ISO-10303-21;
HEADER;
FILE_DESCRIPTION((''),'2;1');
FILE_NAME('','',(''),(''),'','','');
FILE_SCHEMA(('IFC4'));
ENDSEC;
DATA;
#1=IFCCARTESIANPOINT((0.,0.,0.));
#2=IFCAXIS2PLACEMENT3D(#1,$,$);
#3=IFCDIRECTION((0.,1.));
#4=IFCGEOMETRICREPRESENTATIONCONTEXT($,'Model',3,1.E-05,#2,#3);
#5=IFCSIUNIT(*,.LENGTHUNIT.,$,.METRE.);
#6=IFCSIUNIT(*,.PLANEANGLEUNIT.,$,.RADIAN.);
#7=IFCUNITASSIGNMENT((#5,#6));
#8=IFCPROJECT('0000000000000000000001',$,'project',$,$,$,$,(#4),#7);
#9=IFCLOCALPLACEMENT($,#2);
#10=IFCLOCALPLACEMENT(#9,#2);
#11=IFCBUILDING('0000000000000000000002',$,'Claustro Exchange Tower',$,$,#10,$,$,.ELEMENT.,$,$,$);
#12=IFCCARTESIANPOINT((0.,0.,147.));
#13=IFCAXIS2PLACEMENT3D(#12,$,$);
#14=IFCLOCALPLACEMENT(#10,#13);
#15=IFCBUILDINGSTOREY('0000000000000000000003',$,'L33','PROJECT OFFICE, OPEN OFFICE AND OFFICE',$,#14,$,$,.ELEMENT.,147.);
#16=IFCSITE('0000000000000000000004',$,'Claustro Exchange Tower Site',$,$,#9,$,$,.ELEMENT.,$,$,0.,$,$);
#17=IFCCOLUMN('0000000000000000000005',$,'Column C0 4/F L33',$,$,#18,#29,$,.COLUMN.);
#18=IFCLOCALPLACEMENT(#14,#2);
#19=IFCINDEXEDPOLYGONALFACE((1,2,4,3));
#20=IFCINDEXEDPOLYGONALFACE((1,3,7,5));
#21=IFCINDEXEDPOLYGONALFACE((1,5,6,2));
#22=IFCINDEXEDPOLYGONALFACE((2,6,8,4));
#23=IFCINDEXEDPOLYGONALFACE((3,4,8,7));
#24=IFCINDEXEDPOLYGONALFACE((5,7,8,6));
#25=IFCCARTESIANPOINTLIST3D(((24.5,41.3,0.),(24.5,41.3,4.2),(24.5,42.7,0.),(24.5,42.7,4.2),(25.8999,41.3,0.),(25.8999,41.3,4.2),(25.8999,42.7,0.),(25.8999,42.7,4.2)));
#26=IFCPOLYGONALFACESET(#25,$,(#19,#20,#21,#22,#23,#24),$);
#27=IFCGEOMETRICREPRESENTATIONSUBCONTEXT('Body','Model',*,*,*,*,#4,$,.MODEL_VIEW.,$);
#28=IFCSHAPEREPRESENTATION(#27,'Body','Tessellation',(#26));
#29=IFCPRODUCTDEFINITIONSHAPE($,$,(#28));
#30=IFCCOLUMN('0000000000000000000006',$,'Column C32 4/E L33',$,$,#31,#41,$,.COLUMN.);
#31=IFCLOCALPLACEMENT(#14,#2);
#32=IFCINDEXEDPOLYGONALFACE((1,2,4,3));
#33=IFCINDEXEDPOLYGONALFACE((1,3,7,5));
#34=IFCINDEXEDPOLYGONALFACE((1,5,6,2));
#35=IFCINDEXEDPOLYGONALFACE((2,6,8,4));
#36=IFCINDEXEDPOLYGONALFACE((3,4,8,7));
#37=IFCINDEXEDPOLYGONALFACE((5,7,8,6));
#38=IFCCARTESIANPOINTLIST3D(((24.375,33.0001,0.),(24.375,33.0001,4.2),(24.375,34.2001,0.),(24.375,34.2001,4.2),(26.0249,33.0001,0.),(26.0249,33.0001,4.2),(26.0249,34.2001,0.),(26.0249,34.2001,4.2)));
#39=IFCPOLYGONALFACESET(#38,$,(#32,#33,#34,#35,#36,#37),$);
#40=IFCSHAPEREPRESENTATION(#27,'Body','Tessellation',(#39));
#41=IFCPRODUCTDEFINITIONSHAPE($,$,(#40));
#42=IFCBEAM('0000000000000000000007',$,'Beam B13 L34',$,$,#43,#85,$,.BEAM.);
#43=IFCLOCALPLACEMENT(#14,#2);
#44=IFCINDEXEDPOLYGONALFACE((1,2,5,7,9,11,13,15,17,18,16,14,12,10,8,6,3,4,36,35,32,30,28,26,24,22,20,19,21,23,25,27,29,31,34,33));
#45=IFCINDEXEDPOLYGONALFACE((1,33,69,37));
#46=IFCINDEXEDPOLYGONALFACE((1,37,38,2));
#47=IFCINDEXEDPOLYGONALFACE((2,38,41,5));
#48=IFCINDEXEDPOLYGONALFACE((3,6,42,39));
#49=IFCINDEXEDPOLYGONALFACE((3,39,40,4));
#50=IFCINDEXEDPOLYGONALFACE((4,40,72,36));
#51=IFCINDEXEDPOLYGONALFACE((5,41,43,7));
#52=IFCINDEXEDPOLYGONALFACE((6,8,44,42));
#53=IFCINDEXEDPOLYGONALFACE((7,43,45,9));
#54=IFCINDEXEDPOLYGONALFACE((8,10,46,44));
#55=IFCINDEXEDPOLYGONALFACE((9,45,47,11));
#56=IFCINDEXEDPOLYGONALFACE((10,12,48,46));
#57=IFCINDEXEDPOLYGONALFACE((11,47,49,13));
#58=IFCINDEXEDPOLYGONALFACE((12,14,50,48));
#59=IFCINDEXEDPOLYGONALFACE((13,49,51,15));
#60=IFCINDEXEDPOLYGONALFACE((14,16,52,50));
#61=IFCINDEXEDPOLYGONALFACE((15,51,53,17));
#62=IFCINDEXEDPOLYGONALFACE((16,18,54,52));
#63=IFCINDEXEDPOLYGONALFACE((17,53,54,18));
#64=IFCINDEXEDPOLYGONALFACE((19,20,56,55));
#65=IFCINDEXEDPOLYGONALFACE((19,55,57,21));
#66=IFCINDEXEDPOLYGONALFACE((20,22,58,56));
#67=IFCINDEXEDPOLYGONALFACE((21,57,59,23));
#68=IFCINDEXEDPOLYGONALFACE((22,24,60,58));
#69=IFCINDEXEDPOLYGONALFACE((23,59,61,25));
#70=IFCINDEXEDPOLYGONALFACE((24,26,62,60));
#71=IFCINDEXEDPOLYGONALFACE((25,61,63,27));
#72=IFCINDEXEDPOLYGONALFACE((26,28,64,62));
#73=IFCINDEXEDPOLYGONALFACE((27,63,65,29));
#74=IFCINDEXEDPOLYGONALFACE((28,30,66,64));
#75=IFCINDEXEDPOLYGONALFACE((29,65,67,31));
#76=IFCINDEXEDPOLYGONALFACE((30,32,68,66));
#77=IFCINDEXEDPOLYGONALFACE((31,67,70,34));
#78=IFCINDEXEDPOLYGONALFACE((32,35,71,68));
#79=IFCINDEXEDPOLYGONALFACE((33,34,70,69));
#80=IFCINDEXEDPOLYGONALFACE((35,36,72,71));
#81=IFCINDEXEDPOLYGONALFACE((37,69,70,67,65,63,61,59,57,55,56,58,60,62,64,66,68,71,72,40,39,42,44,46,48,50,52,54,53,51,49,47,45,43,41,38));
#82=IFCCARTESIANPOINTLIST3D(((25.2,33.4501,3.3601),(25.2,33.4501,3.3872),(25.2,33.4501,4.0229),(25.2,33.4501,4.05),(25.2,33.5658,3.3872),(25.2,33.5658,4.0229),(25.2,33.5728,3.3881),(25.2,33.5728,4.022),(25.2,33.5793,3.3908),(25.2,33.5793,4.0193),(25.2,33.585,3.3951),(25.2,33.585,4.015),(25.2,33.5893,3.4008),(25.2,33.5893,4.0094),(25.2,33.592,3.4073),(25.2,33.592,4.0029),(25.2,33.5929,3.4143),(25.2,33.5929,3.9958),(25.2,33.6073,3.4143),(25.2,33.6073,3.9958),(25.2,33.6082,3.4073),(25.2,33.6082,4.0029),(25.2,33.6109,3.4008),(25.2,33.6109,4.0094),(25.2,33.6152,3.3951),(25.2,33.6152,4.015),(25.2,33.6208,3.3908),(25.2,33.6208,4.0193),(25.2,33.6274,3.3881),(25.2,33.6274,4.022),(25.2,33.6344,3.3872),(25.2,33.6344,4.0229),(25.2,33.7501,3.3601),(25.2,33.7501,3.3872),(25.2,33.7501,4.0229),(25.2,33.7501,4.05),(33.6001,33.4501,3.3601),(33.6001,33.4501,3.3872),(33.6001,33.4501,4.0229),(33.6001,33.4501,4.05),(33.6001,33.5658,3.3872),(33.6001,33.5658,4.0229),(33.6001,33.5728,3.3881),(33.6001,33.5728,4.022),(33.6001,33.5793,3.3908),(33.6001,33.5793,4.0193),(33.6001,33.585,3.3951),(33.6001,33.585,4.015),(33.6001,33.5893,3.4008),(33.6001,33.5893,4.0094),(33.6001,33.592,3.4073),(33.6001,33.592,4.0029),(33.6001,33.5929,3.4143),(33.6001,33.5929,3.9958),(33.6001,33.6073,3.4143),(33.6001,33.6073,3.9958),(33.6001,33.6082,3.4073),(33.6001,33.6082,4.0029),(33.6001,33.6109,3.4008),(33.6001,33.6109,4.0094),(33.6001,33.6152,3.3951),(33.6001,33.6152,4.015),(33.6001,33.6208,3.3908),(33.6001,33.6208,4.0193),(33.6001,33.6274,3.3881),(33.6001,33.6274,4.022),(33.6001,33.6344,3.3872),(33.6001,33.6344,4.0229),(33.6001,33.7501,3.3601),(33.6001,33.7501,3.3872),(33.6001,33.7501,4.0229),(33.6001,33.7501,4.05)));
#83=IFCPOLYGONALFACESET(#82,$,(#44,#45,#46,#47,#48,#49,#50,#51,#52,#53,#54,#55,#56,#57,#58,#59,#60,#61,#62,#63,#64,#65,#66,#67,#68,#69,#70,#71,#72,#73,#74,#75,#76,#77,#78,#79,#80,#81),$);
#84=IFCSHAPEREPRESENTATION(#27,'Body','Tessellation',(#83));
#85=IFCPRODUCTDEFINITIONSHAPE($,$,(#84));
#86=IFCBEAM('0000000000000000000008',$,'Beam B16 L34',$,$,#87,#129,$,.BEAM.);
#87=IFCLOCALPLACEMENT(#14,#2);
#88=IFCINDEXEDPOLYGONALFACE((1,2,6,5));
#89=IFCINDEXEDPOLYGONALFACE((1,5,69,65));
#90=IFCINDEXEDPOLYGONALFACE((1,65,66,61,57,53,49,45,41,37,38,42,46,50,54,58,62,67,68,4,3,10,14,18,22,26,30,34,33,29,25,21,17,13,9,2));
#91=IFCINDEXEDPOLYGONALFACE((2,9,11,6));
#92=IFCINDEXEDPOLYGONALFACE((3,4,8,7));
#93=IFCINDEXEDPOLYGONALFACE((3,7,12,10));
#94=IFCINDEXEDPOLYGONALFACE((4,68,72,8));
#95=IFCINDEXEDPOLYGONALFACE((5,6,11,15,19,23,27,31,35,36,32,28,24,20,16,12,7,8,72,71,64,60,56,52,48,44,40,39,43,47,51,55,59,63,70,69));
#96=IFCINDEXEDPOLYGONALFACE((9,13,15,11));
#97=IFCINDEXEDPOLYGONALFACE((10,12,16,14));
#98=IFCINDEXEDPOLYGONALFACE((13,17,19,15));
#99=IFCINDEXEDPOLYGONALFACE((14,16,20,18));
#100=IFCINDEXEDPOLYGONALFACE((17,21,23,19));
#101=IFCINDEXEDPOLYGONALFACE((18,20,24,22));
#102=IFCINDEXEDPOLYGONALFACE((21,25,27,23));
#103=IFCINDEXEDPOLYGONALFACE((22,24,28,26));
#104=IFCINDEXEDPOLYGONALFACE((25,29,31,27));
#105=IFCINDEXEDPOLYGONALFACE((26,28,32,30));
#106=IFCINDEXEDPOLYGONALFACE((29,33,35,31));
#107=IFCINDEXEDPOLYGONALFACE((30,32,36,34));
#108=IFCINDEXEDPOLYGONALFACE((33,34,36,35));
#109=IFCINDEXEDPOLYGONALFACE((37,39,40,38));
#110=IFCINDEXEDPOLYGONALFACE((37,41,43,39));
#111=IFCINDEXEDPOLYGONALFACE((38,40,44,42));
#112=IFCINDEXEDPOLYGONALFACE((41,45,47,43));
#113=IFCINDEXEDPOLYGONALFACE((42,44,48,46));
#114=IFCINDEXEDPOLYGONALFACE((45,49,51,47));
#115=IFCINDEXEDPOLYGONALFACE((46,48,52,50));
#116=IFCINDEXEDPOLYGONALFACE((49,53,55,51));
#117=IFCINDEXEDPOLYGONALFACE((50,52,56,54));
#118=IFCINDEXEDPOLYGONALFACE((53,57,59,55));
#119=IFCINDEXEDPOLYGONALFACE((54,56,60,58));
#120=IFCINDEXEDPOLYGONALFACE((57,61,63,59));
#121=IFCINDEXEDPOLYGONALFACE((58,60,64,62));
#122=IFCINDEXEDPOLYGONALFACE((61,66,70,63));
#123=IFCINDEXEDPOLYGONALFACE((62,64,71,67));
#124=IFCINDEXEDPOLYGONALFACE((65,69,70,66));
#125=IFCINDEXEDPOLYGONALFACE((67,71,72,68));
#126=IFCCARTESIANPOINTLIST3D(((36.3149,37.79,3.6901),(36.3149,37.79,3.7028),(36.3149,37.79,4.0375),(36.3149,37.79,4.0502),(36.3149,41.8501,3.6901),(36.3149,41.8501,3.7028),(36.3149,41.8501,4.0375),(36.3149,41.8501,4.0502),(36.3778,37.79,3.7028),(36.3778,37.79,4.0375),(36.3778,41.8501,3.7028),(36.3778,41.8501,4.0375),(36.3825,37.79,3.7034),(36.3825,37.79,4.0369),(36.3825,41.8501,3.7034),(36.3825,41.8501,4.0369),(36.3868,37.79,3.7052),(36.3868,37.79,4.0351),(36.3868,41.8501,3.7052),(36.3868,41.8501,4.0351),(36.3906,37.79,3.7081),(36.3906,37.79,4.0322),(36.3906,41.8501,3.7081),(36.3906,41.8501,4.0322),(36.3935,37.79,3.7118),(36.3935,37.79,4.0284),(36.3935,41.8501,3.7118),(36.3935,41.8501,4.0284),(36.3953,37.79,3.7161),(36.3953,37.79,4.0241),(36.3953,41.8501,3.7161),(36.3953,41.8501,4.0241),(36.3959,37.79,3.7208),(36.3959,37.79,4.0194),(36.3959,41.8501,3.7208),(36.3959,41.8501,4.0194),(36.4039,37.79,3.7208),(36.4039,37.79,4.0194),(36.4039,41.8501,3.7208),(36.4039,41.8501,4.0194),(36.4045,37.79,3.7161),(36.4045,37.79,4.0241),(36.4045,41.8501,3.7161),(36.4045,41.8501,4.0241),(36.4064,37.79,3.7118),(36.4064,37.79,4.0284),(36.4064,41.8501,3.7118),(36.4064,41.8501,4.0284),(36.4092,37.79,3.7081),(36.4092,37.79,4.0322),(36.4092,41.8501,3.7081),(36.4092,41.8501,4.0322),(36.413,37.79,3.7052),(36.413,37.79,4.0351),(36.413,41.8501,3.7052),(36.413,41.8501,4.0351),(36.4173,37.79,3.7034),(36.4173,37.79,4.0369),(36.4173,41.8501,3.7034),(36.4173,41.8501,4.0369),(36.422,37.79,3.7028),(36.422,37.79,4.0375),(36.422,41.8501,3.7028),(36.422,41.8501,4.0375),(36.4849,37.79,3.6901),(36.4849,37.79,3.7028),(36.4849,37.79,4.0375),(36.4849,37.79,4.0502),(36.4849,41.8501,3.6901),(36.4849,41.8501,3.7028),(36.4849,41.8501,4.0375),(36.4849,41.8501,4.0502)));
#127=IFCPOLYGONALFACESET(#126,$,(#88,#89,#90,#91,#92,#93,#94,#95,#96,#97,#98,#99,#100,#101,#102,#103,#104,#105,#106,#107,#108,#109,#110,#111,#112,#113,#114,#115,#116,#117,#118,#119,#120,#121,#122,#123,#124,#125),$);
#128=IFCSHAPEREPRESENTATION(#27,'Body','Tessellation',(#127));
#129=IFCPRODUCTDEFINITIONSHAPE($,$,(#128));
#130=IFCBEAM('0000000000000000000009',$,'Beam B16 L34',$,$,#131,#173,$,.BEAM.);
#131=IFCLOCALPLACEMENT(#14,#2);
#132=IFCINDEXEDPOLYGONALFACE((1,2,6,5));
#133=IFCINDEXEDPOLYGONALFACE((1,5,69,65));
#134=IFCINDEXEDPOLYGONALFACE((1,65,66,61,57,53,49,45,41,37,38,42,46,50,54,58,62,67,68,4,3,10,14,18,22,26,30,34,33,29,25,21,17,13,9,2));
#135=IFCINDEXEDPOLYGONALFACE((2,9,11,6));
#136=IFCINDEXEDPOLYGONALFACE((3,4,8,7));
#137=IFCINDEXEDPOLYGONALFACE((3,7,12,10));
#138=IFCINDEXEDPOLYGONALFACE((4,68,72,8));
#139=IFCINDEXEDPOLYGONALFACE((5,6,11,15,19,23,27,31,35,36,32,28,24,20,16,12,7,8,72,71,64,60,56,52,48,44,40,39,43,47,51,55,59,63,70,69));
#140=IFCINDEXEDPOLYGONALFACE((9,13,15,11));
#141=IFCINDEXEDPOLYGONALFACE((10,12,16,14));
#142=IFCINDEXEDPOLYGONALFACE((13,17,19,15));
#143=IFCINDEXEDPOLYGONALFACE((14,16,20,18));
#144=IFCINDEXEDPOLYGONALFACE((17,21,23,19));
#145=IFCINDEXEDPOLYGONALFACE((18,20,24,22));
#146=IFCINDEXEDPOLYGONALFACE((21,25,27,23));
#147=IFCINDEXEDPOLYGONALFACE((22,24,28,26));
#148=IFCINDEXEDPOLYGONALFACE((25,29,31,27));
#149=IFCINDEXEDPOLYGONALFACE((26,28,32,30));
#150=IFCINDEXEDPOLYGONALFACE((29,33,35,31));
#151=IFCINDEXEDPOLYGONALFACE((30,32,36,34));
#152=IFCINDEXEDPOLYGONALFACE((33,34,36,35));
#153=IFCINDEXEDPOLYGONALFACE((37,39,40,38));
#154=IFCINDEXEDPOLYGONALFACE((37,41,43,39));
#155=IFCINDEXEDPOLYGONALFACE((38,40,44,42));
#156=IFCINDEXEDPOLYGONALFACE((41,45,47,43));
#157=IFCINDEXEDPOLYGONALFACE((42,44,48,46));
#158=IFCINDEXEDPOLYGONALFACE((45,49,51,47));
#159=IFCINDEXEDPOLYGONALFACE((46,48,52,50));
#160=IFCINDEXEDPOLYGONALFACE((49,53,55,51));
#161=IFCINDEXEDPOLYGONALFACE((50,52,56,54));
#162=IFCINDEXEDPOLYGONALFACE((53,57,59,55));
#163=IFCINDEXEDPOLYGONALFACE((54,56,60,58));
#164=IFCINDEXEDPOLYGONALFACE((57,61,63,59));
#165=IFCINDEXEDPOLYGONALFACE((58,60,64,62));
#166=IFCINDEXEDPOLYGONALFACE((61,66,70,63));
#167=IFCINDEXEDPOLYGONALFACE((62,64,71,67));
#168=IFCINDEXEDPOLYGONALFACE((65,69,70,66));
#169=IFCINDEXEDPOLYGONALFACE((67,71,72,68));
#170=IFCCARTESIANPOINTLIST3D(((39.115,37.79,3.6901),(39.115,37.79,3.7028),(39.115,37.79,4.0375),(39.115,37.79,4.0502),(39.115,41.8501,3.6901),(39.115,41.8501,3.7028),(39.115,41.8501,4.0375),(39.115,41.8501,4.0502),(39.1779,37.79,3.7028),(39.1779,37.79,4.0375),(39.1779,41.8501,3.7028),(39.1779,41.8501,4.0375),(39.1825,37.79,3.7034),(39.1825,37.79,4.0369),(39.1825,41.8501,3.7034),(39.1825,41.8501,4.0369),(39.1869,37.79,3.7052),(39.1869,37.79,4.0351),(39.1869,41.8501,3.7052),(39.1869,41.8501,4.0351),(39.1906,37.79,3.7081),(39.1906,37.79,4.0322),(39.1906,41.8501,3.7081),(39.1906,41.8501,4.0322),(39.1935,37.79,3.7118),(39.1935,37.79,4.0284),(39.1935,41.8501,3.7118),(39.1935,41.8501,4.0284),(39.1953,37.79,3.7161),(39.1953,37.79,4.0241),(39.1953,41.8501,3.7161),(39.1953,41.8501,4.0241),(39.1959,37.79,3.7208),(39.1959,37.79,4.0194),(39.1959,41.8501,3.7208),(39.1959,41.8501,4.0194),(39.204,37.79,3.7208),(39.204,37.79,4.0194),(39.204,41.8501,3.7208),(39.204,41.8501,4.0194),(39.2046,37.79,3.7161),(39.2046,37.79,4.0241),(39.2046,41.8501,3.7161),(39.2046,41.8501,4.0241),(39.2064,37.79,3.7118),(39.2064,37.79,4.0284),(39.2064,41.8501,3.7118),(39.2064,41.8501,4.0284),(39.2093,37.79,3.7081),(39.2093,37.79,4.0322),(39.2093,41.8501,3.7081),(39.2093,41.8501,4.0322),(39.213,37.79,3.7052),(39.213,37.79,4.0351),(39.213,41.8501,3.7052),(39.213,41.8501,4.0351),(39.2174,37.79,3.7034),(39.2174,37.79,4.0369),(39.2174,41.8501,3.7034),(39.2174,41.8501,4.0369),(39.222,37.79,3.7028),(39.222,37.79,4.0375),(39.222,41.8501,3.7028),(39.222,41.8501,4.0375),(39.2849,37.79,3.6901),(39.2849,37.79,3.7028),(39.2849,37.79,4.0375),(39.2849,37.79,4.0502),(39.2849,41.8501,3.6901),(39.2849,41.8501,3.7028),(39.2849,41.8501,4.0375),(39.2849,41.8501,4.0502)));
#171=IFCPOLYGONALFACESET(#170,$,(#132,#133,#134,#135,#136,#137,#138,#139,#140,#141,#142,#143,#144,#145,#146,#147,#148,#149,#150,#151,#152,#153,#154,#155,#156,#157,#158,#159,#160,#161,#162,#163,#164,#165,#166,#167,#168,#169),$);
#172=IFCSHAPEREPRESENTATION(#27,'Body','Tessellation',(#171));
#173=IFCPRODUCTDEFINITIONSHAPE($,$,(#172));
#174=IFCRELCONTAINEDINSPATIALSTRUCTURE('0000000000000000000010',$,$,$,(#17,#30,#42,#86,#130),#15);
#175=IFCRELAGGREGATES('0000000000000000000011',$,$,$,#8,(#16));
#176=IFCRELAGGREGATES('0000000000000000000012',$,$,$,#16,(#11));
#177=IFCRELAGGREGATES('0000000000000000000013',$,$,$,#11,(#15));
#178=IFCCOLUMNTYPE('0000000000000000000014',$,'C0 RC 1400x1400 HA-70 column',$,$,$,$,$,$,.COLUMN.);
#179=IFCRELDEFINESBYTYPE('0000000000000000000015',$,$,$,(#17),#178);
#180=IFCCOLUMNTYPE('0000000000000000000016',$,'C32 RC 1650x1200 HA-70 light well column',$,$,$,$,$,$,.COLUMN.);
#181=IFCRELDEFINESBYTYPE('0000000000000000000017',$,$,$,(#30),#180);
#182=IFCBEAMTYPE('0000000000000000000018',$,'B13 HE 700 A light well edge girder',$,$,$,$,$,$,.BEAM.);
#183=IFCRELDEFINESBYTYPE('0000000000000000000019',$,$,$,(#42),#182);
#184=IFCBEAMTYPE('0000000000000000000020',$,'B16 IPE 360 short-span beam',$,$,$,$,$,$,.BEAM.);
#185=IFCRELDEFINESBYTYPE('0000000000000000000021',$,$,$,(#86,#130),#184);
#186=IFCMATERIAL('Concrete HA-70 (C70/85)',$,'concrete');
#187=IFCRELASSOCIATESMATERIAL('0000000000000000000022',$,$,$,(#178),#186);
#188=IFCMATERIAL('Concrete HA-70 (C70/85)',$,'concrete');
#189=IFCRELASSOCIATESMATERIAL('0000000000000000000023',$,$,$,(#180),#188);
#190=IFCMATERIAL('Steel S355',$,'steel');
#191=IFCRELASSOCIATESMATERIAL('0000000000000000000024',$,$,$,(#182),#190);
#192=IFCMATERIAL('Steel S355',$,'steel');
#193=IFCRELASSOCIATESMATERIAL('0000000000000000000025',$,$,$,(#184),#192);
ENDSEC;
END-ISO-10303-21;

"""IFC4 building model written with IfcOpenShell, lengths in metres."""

from ifc_helpers import new_model, si_unit, direction, frame, origin, origin_2d, place, context, subcontext, project, spatial, rectangle, i_section, extrude, material, material_profile, profile_set, type_object, element, save


model = new_model("IFC4")

# Units and contexts
model_context = context("Model", 3, precision=1e-05, world=origin(), true_north=direction((0.0, 1.0)))
body_context = subcontext(model_context, "Body", "Model", "MODEL_VIEW")
ifc_project = project(units=[si_unit("LENGTHUNIT", "METRE"), si_unit("PLANEANGLEUNIT", "RADIAN")], contexts=[model_context])

# Site, building, storey
site_placement = place(None, origin())
site = spatial("IfcSite", under=ifc_project, at=site_placement, Name="Claustro Exchange Tower Site", CompositionType="ELEMENT", RefElevation=0.0)
building_placement = place(site_placement, origin())
building = spatial("IfcBuilding", under=site, at=building_placement, Name="Claustro Exchange Tower", CompositionType="ELEMENT")
storey_placement = place(building_placement, frame((0.0, 0.0, 147.0)))
storey = spatial("IfcBuildingStorey", under=building, at=storey_placement, Name="L33", Description="PROJECT OFFICE, OPEN OFFICE AND OFFICE", CompositionType="ELEMENT", Elevation=147.0)

# Columns
ifc_material_1 = material(Name="Concrete HA-70 (C70/85)", Category="concrete")
ifc_material_profile_1 = material_profile(ifc_material_1, rectangle(XDim=1.3999, YDim=1.3999, at=origin_2d()), Name="RC 1400x1400")
ifc_profile_set_1 = profile_set([ifc_material_profile_1], Name="Concrete HA-70 (C70/85)")
column_type_1 = type_object("IfcColumnType", Name="C0 RC 1400x1400 HA-70 column", PredefinedType="COLUMN", material=ifc_profile_set_1)
column_1_placement = place(storey_placement, frame((25.2, 42.0, 0.0), z_axis=(0.0, 0.0, 1.0), x_axis=(1.0, 0.0, 0.0)))
element("IfcColumn", 1, at=column_1_placement, inside=storey, type_object=column_type_1, Name="Column C0 4/F L33", PredefinedType="COLUMN", context=body_context, shape_type="SweptSolid", body=[
    extrude(rectangle(XDim=1.3999, YDim=1.3999, at=origin_2d()), origin(), (0.0, 0.0, 1.0), 4.2),
])
ifc_material_2 = material(Name="Concrete HA-70 (C70/85)", Category="concrete")
ifc_material_profile_2 = material_profile(ifc_material_2, rectangle(XDim=1.6499, YDim=1.2, at=origin_2d()), Name="RC 1650x1200")
ifc_profile_set_2 = profile_set([ifc_material_profile_2], Name="Concrete HA-70 (C70/85)")
column_type_2 = type_object("IfcColumnType", Name="C32 RC 1650x1200 HA-70 light well column", PredefinedType="COLUMN", material=ifc_profile_set_2)
column_2_placement = place(storey_placement, frame((25.2, 33.6001, 0.0), z_axis=(0.0, 0.0, 1.0), x_axis=(1.0, 0.0, 0.0)))
element("IfcColumn", 2, at=column_2_placement, inside=storey, type_object=column_type_2, Name="Column C32 4/E L33", PredefinedType="COLUMN", context=body_context, shape_type="SweptSolid", body=[
    extrude(rectangle(XDim=1.6499, YDim=1.2, at=origin_2d()), origin(), (0.0, 0.0, 1.0), 4.2),
])

# Beams
ifc_material_3 = material(Name="Steel S355", Category="steel")
ifc_material_profile_3 = material_profile(ifc_material_3, i_section(OverallWidth=0.3, OverallDepth=0.6899, WebThickness=0.0144, FlangeThickness=0.0271, FilletRadius=0.0271, at=origin_2d()), Name="HE 700 A")
ifc_profile_set_3 = profile_set([ifc_material_profile_3], Name="Steel S355")
beam_type_1 = type_object("IfcBeamType", Name="B13 HE 700 A light well edge girder", PredefinedType="BEAM", material=ifc_profile_set_3)
beam_1_placement = place(storey_placement, frame((25.2, 33.6001, 3.7051), z_axis=(1.0, 0.0, 0.0), x_axis=(0.0, 1.0, 0.0)))
element("IfcBeam", 3, at=beam_1_placement, inside=storey, type_object=beam_type_1, Name="Beam B13 L34", PredefinedType="BEAM", context=body_context, shape_type="SweptSolid", body=[
    extrude(i_section(OverallWidth=0.3, OverallDepth=0.6899, WebThickness=0.0144, FlangeThickness=0.0271, FilletRadius=0.0271, at=origin_2d()), origin(), (0.0, 0.0, 1.0), 8.4001),
])
ifc_material_4 = material(Name="Steel S355", Category="steel")
ifc_material_profile_4 = material_profile(ifc_material_4, i_section(OverallWidth=0.1699, OverallDepth=0.3601, WebThickness=0.0081, FlangeThickness=0.0127, FilletRadius=0.0181, at=origin_2d()), Name="IPE 360")
ifc_profile_set_4 = profile_set([ifc_material_profile_4], Name="Steel S355")
beam_type_2 = type_object("IfcBeamType", Name="B16 IPE 360 short-span beam", PredefinedType="BEAM", material=ifc_profile_set_4)
for number, where, z_axis, x_axis, name in (
    (4, (36.3999, 37.79, 3.8701), (0.0, 1.0, 0.0), (-1.0, 0.0, 0.0), "Beam B16 L34"),
    (5, (39.2, 37.79, 3.8701), (0.0, 1.0, 0.0), (-1.0, 0.0, 0.0), "Beam B16 L34"),
):
    element("IfcBeam", number, at=place(storey_placement, frame(where, z_axis=z_axis, x_axis=x_axis)), inside=storey, type_object=beam_type_2, Name=name, PredefinedType="BEAM", context=body_context, shape_type="SweptSolid", body=[
        extrude(i_section(OverallWidth=0.1699, OverallDepth=0.3601, WebThickness=0.0081, FlangeThickness=0.0127, FilletRadius=0.0181, at=origin_2d()), origin(), (0.0, 0.0, 1.0), 4.0601),
    ])

save(model, "model.ifc")
